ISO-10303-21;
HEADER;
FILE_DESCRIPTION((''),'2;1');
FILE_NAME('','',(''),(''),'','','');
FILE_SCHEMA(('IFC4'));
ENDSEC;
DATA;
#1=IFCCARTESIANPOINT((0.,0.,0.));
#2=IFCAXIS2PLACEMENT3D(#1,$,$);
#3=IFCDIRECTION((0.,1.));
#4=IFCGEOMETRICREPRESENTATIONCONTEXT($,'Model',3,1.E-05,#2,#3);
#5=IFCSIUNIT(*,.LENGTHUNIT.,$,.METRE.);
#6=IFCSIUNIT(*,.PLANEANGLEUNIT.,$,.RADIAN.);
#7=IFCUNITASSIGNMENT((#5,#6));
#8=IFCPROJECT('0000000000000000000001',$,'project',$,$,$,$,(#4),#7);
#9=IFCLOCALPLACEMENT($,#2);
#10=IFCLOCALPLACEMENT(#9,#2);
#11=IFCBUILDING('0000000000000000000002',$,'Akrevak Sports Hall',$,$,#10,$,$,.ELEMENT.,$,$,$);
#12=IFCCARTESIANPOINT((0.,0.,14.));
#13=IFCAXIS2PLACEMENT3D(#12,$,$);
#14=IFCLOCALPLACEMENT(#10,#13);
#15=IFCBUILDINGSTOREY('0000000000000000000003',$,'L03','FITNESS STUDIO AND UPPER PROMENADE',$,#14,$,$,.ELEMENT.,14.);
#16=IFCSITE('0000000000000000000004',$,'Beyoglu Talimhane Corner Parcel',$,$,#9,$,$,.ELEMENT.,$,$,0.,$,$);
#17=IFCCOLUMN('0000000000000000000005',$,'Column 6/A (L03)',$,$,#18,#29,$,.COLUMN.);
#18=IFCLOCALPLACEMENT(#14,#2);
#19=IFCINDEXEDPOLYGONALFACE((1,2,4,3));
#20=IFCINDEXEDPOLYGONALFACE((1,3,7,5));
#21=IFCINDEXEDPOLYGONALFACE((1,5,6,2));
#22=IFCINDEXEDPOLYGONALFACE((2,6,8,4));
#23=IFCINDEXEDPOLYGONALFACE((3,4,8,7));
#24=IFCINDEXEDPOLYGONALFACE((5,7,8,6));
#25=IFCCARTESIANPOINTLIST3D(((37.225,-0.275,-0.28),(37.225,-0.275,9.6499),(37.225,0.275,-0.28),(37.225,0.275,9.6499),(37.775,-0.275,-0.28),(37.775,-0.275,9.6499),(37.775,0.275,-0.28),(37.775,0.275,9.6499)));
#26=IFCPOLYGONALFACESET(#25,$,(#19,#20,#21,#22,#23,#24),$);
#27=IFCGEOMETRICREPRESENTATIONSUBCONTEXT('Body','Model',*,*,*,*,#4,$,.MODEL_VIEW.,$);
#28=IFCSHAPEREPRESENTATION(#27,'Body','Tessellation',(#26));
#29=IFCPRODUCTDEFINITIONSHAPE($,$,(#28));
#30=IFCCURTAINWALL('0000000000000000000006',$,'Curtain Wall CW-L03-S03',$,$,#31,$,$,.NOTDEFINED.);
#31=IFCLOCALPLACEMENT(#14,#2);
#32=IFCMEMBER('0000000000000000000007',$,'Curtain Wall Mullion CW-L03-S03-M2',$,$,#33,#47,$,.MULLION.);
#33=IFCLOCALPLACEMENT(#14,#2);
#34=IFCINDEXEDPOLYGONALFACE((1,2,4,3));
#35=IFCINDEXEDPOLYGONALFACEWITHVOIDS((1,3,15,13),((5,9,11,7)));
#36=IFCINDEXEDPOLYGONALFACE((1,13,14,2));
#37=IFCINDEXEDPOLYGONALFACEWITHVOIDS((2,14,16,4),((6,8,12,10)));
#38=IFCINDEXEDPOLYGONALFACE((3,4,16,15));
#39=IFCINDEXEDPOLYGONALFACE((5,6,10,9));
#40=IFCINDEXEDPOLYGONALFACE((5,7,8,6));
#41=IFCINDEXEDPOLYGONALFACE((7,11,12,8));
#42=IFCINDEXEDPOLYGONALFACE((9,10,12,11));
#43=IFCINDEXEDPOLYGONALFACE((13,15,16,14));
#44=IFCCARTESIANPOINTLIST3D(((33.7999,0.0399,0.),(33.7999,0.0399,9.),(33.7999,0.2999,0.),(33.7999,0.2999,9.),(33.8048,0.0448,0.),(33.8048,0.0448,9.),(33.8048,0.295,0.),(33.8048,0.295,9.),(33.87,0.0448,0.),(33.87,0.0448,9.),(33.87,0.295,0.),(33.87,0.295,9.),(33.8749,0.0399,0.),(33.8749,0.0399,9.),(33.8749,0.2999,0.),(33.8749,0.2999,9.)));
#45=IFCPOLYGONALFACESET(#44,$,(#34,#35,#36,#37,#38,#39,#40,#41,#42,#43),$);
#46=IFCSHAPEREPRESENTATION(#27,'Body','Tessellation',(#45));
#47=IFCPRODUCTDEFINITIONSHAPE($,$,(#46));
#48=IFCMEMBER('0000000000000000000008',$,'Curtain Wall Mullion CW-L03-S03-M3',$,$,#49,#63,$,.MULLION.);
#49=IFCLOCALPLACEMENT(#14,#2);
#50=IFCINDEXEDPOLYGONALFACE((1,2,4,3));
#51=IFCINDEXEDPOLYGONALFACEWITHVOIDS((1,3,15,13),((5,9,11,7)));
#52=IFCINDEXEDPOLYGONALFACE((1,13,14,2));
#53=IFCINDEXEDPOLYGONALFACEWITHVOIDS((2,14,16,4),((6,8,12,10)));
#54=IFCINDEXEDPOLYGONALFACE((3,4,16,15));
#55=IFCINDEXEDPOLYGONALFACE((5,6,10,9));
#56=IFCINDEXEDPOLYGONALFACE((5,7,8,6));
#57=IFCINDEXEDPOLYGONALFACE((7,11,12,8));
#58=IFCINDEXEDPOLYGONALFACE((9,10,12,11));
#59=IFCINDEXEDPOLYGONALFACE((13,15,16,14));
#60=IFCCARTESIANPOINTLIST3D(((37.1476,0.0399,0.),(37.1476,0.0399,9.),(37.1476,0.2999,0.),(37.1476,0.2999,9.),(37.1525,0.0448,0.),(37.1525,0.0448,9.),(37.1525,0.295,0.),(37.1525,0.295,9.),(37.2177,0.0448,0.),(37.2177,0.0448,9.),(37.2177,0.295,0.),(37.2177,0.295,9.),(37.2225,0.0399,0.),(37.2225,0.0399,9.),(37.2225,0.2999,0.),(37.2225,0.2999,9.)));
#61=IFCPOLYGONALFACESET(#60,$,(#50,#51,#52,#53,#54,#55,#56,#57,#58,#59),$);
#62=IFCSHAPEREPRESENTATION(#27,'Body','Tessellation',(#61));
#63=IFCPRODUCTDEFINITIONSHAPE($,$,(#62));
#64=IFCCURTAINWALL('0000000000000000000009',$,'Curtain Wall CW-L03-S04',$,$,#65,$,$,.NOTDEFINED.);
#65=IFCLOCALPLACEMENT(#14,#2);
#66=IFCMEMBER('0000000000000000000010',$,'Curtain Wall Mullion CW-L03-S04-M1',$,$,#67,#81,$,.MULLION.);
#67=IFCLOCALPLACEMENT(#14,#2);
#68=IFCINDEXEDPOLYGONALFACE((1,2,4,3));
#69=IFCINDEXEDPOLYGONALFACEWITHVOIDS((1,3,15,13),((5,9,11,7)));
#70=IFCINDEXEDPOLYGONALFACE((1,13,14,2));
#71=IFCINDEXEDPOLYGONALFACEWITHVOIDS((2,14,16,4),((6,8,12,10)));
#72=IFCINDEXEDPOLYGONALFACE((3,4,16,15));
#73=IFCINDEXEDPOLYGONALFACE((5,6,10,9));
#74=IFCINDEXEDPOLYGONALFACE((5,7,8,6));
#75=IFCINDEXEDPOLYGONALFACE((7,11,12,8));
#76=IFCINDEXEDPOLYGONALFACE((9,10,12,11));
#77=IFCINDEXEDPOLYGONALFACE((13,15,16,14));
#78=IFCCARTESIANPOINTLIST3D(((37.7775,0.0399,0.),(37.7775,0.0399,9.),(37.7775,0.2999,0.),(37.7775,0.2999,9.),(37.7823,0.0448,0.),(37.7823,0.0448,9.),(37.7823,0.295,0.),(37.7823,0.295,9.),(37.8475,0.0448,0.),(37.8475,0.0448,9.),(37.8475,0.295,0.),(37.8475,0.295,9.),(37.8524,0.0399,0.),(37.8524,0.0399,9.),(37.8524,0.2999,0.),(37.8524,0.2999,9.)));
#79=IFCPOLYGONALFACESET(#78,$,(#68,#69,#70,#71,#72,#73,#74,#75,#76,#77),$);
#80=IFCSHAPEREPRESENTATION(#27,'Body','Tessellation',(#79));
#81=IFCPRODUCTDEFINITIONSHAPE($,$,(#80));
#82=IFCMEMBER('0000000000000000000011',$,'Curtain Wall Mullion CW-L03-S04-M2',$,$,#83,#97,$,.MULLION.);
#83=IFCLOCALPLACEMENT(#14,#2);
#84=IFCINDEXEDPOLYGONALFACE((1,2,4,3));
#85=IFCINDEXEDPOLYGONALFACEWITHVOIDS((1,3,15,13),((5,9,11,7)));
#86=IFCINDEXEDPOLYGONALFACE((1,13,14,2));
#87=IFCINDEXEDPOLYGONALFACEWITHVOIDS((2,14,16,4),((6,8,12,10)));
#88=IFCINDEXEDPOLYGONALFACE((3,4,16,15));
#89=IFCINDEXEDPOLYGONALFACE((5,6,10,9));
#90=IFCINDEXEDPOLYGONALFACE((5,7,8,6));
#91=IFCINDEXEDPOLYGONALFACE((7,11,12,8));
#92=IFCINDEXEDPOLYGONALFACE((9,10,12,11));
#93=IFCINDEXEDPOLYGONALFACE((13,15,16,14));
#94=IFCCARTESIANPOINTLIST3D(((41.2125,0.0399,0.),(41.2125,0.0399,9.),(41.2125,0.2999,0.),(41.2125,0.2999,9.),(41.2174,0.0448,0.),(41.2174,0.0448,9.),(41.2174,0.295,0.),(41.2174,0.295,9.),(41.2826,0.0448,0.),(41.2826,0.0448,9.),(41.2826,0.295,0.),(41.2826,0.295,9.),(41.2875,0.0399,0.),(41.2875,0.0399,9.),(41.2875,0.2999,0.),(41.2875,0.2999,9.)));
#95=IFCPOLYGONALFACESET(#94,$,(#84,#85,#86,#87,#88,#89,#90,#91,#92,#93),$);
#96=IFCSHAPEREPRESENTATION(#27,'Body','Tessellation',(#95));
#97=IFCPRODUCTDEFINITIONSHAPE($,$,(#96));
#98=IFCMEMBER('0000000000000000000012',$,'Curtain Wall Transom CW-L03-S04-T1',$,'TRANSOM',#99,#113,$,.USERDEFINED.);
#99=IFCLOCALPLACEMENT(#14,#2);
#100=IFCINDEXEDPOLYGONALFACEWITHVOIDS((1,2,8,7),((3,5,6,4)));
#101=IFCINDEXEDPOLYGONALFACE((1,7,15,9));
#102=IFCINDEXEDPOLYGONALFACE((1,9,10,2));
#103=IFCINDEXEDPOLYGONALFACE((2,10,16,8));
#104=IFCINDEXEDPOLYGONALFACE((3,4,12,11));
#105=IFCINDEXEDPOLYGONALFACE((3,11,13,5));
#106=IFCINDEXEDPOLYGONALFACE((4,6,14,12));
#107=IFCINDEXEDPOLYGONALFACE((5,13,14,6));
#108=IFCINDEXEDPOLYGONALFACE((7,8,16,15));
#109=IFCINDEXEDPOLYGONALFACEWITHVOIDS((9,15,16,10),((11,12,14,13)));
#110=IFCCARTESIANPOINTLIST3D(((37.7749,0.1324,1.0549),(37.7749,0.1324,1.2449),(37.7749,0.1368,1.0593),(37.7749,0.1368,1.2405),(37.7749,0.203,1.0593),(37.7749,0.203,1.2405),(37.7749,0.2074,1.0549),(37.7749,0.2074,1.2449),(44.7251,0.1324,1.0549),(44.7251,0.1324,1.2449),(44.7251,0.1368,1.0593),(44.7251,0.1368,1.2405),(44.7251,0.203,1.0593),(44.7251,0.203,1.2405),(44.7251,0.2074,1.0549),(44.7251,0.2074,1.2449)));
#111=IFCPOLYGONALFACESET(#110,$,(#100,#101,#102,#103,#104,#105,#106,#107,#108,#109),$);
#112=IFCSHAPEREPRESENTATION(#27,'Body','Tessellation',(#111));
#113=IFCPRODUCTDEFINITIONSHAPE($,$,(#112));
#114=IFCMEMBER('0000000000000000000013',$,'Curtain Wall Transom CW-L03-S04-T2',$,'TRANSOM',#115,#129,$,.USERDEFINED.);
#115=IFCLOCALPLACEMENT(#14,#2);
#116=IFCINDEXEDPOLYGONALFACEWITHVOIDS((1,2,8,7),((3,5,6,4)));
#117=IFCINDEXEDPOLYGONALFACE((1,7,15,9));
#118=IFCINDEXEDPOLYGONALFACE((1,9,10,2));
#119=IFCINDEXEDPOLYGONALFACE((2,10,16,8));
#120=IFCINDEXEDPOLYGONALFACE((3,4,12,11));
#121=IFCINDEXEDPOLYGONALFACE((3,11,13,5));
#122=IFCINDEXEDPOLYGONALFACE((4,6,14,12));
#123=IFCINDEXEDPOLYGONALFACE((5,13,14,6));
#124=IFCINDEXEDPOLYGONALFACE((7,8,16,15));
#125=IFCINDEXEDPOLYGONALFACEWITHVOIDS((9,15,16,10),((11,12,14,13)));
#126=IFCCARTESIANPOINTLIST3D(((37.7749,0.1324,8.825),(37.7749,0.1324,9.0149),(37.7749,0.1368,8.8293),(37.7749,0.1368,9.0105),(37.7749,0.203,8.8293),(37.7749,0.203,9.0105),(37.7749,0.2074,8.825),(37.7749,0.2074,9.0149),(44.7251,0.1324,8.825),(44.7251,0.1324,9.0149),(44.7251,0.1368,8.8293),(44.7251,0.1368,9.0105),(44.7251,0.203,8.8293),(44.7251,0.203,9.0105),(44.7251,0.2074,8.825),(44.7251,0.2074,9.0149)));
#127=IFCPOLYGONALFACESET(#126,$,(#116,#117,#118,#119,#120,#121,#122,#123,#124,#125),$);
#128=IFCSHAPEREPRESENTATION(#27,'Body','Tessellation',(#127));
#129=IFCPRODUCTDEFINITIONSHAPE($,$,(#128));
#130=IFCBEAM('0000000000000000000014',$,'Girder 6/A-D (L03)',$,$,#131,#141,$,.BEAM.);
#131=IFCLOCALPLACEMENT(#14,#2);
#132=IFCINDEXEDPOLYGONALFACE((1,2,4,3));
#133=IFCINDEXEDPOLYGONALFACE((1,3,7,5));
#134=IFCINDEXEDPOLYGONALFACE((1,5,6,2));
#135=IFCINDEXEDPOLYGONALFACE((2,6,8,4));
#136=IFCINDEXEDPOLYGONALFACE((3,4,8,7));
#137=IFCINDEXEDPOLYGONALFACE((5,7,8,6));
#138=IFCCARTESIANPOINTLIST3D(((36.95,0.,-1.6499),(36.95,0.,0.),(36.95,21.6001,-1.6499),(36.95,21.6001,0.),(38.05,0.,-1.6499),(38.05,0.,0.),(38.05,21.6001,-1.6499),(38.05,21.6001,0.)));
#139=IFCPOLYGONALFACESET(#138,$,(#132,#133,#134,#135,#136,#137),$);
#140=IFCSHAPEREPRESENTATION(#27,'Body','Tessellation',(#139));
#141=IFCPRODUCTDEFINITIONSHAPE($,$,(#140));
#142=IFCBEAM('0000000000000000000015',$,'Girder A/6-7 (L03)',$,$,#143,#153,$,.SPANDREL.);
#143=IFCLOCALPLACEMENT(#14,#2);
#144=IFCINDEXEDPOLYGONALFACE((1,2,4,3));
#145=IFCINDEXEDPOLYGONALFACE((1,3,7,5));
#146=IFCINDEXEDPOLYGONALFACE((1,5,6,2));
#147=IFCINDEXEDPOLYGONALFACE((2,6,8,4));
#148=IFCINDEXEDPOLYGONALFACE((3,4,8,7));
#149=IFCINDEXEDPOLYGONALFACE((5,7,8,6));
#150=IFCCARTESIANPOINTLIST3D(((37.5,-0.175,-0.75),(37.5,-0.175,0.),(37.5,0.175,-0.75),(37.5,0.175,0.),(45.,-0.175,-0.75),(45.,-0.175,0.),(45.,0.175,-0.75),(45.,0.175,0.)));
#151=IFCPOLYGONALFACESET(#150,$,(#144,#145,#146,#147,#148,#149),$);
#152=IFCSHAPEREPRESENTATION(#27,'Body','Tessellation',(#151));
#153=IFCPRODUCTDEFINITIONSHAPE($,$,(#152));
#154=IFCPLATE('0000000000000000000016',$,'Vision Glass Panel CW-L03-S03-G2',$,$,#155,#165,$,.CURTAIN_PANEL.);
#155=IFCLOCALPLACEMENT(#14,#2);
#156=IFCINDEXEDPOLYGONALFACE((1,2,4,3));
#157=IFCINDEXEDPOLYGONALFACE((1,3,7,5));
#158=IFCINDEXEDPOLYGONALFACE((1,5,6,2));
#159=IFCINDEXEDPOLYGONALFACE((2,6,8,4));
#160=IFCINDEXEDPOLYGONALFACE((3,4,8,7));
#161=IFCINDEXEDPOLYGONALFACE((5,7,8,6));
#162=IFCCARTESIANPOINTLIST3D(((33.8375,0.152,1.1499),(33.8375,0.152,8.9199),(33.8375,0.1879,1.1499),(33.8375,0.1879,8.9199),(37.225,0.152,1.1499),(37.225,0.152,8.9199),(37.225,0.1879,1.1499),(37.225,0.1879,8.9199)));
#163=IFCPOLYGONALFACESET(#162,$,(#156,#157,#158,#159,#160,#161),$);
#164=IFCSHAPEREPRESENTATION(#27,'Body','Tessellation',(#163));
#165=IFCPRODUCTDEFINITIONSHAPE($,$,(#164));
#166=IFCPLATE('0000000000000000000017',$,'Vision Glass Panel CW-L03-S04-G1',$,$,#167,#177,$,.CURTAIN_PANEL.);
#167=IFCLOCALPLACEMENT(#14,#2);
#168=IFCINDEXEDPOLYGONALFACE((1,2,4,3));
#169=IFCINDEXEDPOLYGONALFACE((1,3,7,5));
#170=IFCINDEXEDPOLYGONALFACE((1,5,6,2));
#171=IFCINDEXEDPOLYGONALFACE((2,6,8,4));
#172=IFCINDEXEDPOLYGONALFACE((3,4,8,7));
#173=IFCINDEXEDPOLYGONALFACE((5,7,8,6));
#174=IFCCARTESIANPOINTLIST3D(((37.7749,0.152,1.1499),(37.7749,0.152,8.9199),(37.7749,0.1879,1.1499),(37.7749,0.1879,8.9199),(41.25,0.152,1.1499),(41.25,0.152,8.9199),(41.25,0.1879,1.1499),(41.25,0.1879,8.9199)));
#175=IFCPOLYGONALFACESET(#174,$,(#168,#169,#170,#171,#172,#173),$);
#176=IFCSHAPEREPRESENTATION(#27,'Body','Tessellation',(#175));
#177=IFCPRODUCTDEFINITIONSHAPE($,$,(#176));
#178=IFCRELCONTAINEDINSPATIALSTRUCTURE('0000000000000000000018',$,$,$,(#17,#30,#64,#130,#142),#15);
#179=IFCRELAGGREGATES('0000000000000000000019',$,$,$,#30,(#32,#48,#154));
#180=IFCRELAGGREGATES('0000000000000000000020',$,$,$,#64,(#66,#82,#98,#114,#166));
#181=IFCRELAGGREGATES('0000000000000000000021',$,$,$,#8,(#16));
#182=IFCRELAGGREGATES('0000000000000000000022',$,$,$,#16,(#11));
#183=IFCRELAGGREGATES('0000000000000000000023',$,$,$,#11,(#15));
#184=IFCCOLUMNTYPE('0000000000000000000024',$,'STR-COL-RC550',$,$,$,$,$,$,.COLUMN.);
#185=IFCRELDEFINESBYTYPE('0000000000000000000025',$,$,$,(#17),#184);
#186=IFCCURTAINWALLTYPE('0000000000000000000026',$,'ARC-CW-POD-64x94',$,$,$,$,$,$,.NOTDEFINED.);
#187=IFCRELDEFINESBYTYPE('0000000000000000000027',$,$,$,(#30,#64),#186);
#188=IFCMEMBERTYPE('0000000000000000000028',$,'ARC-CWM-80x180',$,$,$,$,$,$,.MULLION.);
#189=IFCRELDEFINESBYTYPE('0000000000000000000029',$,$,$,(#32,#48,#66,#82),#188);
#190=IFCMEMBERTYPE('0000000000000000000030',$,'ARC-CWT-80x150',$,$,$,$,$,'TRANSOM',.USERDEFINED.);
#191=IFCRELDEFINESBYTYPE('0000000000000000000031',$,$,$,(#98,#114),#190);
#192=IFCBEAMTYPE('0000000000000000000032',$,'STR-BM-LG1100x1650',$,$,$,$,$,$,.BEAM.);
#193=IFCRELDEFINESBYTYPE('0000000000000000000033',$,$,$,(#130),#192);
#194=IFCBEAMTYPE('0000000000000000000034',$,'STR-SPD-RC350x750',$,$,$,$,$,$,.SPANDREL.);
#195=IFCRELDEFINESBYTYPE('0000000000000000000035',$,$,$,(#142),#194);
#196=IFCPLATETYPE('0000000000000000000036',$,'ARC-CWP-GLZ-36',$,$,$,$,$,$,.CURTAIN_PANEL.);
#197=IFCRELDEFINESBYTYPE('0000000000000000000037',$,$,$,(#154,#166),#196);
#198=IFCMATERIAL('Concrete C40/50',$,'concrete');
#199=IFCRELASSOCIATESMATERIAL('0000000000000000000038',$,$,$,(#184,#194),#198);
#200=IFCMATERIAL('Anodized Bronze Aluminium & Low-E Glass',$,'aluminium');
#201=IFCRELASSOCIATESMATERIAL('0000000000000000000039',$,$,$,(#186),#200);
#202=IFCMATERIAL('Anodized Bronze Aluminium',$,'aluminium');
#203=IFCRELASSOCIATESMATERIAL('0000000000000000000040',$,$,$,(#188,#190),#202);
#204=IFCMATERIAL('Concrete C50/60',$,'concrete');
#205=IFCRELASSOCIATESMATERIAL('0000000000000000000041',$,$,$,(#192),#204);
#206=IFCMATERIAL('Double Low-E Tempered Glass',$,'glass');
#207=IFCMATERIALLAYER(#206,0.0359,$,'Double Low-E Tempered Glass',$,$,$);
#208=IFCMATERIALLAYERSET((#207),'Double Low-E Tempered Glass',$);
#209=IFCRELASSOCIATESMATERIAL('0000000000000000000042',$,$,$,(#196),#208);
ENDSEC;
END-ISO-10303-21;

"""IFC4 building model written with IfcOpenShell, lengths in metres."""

from ifc_helpers import new_model, si_unit, direction, frame, origin, origin_2d, place, context, subcontext, project, spatial, rectangle, hollow_rectangle, extrude, material, layer, layer_set, material_profile, profile_set, type_object, element, aggregate, save


model = new_model("IFC4")

# Units and contexts
model_context = context("Model", 3, precision=1e-05, world=origin(), true_north=direction((0.0, 1.0)))
body_context = subcontext(model_context, "Body", "Model", "MODEL_VIEW")
ifc_project = project(units=[si_unit("LENGTHUNIT", "METRE"), si_unit("PLANEANGLEUNIT", "RADIAN")], contexts=[model_context])

# Site, building, storey
site_placement = place(None, origin())
site = spatial("IfcSite", under=ifc_project, at=site_placement, Name="Beyoglu Talimhane Corner Parcel", CompositionType="ELEMENT", RefElevation=0.0)
building_placement = place(site_placement, origin())
building = spatial("IfcBuilding", under=site, at=building_placement, Name="Akrevak Sports Hall", CompositionType="ELEMENT")
storey_placement = place(building_placement, frame((0.0, 0.0, 14.0)))
storey = spatial("IfcBuildingStorey", under=building, at=storey_placement, Name="L03", Description="FITNESS STUDIO AND UPPER PROMENADE", CompositionType="ELEMENT", Elevation=14.0)

# Column
ifc_material_1 = material(Name="Concrete C40/50", Category="concrete")
ifc_material_profile_1 = material_profile(ifc_material_1, rectangle(XDim=0.55, YDim=0.55, at=origin_2d()), Name="RC 550x550", Category="concrete")
ifc_profile_set_1 = profile_set([ifc_material_profile_1], Name="Concrete C40/50")
column_type = type_object("IfcColumnType", Name="STR-COL-RC550", PredefinedType="COLUMN", material=ifc_profile_set_1)
column_placement = place(storey_placement, frame((37.5, 0.0, -0.28), z_axis=(0.0, 0.0, 1.0), x_axis=(1.0, 0.0, 0.0)))
element("IfcColumn", 1, at=column_placement, inside=storey, type_object=column_type, Name="Column 6/A (L03)", PredefinedType="COLUMN", context=body_context, shape_type="SweptSolid", body=[
    extrude(rectangle(XDim=0.55, YDim=0.55, at=origin_2d()), origin(), (0.0, 0.0, 1.0), 9.9299),
])

# Curtain walls, members
ifc_material_2 = material(Name="Anodized Bronze Aluminium & Low-E Glass", Category="aluminium")
curtain_wall_type = type_object("IfcCurtainWallType", Name="ARC-CW-POD-64x94", PredefinedType="NOTDEFINED", material=ifc_material_2)
curtain_wall_1_placement = place(storey_placement, origin())
curtain_wall_1 = element("IfcCurtainWall", 2, at=curtain_wall_1_placement, inside=storey, type_object=curtain_wall_type, Name="Curtain Wall CW-L03-S03", PredefinedType="NOTDEFINED")
ifc_material_3 = material(Name="Anodized Bronze Aluminium", Category="aluminium")
ifc_material_profile_2 = material_profile(ifc_material_3, hollow_rectangle(XDim=0.075, YDim=0.26, WallThickness=0.0049, at=origin_2d()), Name="CWM 75x260", Category="aluminium")
ifc_profile_set_2 = profile_set([ifc_material_profile_2], Name="Anodized Bronze Aluminium")
member_type_1 = type_object("IfcMemberType", Name="ARC-CWM-80x180", PredefinedType="MULLION", material=ifc_profile_set_2)
member_1_placement = place(storey_placement, frame((33.8374, 0.1699, 0.0), z_axis=(0.0, 0.0, 1.0), x_axis=(1.0, 0.0, 0.0)))
member_1 = element("IfcMember", 3, at=member_1_placement, type_object=member_type_1, Name="Curtain Wall Mullion CW-L03-S03-M2", PredefinedType="MULLION", context=body_context, shape_type="SweptSolid", body=[
    extrude(hollow_rectangle(XDim=0.075, YDim=0.26, WallThickness=0.0049, at=origin_2d()), origin(), (0.0, 0.0, 1.0), 9.0),
])
member_2_placement = place(storey_placement, frame((37.1851, 0.1699, 0.0), z_axis=(0.0, 0.0, 1.0), x_axis=(1.0, 0.0, 0.0)))
member_2 = element("IfcMember", 4, at=member_2_placement, type_object=member_type_1, Name="Curtain Wall Mullion CW-L03-S03-M3", PredefinedType="MULLION", context=body_context, shape_type="SweptSolid", body=[
    extrude(hollow_rectangle(XDim=0.075, YDim=0.26, WallThickness=0.0049, at=origin_2d()), origin(), (0.0, 0.0, 1.0), 9.0),
])
curtain_wall_2_placement = place(storey_placement, origin())
curtain_wall_2 = element("IfcCurtainWall", 5, at=curtain_wall_2_placement, inside=storey, type_object=curtain_wall_type, Name="Curtain Wall CW-L03-S04", PredefinedType="NOTDEFINED")
member_3_placement = place(storey_placement, frame((37.8149, 0.1699, 0.0), z_axis=(0.0, 0.0, 1.0), x_axis=(1.0, 0.0, 0.0)))
member_3 = element("IfcMember", 6, at=member_3_placement, type_object=member_type_1, Name="Curtain Wall Mullion CW-L03-S04-M1", PredefinedType="MULLION", context=body_context, shape_type="SweptSolid", body=[
    extrude(hollow_rectangle(XDim=0.075, YDim=0.26, WallThickness=0.0049, at=origin_2d()), origin(), (0.0, 0.0, 1.0), 9.0),
])
member_4_placement = place(storey_placement, frame((41.25, 0.1699, 0.0), z_axis=(0.0, 0.0, 1.0), x_axis=(1.0, 0.0, 0.0)))
member_4 = element("IfcMember", 7, at=member_4_placement, type_object=member_type_1, Name="Curtain Wall Mullion CW-L03-S04-M2", PredefinedType="MULLION", context=body_context, shape_type="SweptSolid", body=[
    extrude(hollow_rectangle(XDim=0.075, YDim=0.26, WallThickness=0.0049, at=origin_2d()), origin(), (0.0, 0.0, 1.0), 9.0),
])
ifc_material_profile_3 = material_profile(ifc_material_3, hollow_rectangle(XDim=0.075, YDim=0.1899, WallThickness=0.0044, at=origin_2d()), Name="CWT 75x190", Category="aluminium")
ifc_profile_set_3 = profile_set([ifc_material_profile_3], Name="Anodized Bronze Aluminium")
member_type_2 = type_object("IfcMemberType", Name="ARC-CWT-80x150", ElementType="TRANSOM", PredefinedType="USERDEFINED", material=ifc_profile_set_3)
member_5_placement = place(storey_placement, frame((37.7749, 0.1699, 1.1499), z_axis=(1.0, 0.0, 0.0), x_axis=(0.0, 1.0, 0.0)))
member_5 = element("IfcMember", 8, at=member_5_placement, type_object=member_type_2, Name="Curtain Wall Transom CW-L03-S04-T1", ObjectType="TRANSOM", PredefinedType="USERDEFINED", context=body_context, shape_type="SweptSolid", body=[
    extrude(hollow_rectangle(XDim=0.075, YDim=0.1899, WallThickness=0.0044, at=origin_2d()), origin(), (0.0, 0.0, 1.0), 6.9502),
])
member_6_placement = place(storey_placement, frame((37.7749, 0.1699, 8.9199), z_axis=(1.0, 0.0, 0.0), x_axis=(0.0, 1.0, 0.0)))
member_6 = element("IfcMember", 9, at=member_6_placement, type_object=member_type_2, Name="Curtain Wall Transom CW-L03-S04-T2", ObjectType="TRANSOM", PredefinedType="USERDEFINED", context=body_context, shape_type="SweptSolid", body=[
    extrude(hollow_rectangle(XDim=0.075, YDim=0.1899, WallThickness=0.0044, at=origin_2d()), origin(), (0.0, 0.0, 1.0), 6.9502),
])

# Beams
ifc_material_4 = material(Name="Concrete C50/60", Category="concrete")
ifc_material_profile_4 = material_profile(ifc_material_4, rectangle(XDim=1.1001, YDim=1.6499, at=origin_2d()), Name="BM 1100x1650", Category="concrete")
ifc_profile_set_4 = profile_set([ifc_material_profile_4], Name="Concrete C50/60")
beam_type_1 = type_object("IfcBeamType", Name="STR-BM-LG1100x1650", PredefinedType="BEAM", material=ifc_profile_set_4)
beam_1_placement = place(storey_placement, frame((37.5, 0.0, -0.825), z_axis=(0.0, 1.0, 0.0), x_axis=(-1.0, 0.0, 0.0)))
element("IfcBeam", 10, at=beam_1_placement, inside=storey, type_object=beam_type_1, Name="Girder 6/A-D (L03)", PredefinedType="BEAM", context=body_context, shape_type="SweptSolid", body=[
    extrude(rectangle(XDim=1.1001, YDim=1.6499, at=origin_2d()), origin(), (0.0, 0.0, 1.0), 21.6001),
])
ifc_material_profile_5 = material_profile(ifc_material_1, rectangle(XDim=0.3501, YDim=0.75, at=origin_2d()), Name="SPD 350x750", Category="concrete")
ifc_profile_set_5 = profile_set([ifc_material_profile_5], Name="Concrete C40/50")
beam_type_2 = type_object("IfcBeamType", Name="STR-SPD-RC350x750", PredefinedType="SPANDREL", material=ifc_profile_set_5)
beam_2_placement = place(storey_placement, frame((37.5, 0.0, -0.375), z_axis=(1.0, 0.0, 0.0), x_axis=(0.0, 1.0, 0.0)))
element("IfcBeam", 11, at=beam_2_placement, inside=storey, type_object=beam_type_2, Name="Girder A/6-7 (L03)", PredefinedType="SPANDREL", context=body_context, shape_type="SweptSolid", body=[
    extrude(rectangle(XDim=0.3501, YDim=0.75, at=origin_2d()), origin(), (0.0, 0.0, 1.0), 7.5),
])

# Plates
ifc_material_5 = material(Name="Double Low-E Tempered Glass", Category="glass")
ifc_layer_1 = layer(ifc_material_5, 0.0359, Name="Double Low-E Tempered Glass")
ifc_layer_set_1 = layer_set([ifc_layer_1], Name="Double Low-E Tempered Glass")
plate_type_1 = type_object("IfcPlateType", Name="ARC-CWP-GLZ-36", PredefinedType="CURTAIN_PANEL", material=ifc_layer_set_1)
plate_1_placement = place(storey_placement, frame((35.5312, 0.1699, 1.1499), z_axis=(0.0, 0.0, 1.0), x_axis=(1.0, 0.0, 0.0)))
plate_1 = element("IfcPlate", 12, at=plate_1_placement, type_object=plate_type_1, Name="Vision Glass Panel CW-L03-S03-G2", PredefinedType="CURTAIN_PANEL", context=body_context, shape_type="SweptSolid", body=[
    extrude(rectangle(XDim=3.3875, YDim=0.0359, at=origin_2d()), origin(), (0.0, 0.0, 1.0), 7.77),
])
plate_2_placement = place(storey_placement, frame((39.5125, 0.1699, 1.1499), z_axis=(0.0, 0.0, 1.0), x_axis=(1.0, 0.0, 0.0)))
plate_2 = element("IfcPlate", 13, at=plate_2_placement, type_object=plate_type_1, Name="Vision Glass Panel CW-L03-S04-G1", PredefinedType="CURTAIN_PANEL", context=body_context, shape_type="SweptSolid", body=[
    extrude(rectangle(XDim=3.4751, YDim=0.0359, at=origin_2d()), origin(), (0.0, 0.0, 1.0), 7.77),
])
aggregate(curtain_wall_1, [member_1, member_2, plate_1])
aggregate(curtain_wall_2, [member_3, member_4, member_5, member_6, plate_2])

save(model, "model.ifc")
